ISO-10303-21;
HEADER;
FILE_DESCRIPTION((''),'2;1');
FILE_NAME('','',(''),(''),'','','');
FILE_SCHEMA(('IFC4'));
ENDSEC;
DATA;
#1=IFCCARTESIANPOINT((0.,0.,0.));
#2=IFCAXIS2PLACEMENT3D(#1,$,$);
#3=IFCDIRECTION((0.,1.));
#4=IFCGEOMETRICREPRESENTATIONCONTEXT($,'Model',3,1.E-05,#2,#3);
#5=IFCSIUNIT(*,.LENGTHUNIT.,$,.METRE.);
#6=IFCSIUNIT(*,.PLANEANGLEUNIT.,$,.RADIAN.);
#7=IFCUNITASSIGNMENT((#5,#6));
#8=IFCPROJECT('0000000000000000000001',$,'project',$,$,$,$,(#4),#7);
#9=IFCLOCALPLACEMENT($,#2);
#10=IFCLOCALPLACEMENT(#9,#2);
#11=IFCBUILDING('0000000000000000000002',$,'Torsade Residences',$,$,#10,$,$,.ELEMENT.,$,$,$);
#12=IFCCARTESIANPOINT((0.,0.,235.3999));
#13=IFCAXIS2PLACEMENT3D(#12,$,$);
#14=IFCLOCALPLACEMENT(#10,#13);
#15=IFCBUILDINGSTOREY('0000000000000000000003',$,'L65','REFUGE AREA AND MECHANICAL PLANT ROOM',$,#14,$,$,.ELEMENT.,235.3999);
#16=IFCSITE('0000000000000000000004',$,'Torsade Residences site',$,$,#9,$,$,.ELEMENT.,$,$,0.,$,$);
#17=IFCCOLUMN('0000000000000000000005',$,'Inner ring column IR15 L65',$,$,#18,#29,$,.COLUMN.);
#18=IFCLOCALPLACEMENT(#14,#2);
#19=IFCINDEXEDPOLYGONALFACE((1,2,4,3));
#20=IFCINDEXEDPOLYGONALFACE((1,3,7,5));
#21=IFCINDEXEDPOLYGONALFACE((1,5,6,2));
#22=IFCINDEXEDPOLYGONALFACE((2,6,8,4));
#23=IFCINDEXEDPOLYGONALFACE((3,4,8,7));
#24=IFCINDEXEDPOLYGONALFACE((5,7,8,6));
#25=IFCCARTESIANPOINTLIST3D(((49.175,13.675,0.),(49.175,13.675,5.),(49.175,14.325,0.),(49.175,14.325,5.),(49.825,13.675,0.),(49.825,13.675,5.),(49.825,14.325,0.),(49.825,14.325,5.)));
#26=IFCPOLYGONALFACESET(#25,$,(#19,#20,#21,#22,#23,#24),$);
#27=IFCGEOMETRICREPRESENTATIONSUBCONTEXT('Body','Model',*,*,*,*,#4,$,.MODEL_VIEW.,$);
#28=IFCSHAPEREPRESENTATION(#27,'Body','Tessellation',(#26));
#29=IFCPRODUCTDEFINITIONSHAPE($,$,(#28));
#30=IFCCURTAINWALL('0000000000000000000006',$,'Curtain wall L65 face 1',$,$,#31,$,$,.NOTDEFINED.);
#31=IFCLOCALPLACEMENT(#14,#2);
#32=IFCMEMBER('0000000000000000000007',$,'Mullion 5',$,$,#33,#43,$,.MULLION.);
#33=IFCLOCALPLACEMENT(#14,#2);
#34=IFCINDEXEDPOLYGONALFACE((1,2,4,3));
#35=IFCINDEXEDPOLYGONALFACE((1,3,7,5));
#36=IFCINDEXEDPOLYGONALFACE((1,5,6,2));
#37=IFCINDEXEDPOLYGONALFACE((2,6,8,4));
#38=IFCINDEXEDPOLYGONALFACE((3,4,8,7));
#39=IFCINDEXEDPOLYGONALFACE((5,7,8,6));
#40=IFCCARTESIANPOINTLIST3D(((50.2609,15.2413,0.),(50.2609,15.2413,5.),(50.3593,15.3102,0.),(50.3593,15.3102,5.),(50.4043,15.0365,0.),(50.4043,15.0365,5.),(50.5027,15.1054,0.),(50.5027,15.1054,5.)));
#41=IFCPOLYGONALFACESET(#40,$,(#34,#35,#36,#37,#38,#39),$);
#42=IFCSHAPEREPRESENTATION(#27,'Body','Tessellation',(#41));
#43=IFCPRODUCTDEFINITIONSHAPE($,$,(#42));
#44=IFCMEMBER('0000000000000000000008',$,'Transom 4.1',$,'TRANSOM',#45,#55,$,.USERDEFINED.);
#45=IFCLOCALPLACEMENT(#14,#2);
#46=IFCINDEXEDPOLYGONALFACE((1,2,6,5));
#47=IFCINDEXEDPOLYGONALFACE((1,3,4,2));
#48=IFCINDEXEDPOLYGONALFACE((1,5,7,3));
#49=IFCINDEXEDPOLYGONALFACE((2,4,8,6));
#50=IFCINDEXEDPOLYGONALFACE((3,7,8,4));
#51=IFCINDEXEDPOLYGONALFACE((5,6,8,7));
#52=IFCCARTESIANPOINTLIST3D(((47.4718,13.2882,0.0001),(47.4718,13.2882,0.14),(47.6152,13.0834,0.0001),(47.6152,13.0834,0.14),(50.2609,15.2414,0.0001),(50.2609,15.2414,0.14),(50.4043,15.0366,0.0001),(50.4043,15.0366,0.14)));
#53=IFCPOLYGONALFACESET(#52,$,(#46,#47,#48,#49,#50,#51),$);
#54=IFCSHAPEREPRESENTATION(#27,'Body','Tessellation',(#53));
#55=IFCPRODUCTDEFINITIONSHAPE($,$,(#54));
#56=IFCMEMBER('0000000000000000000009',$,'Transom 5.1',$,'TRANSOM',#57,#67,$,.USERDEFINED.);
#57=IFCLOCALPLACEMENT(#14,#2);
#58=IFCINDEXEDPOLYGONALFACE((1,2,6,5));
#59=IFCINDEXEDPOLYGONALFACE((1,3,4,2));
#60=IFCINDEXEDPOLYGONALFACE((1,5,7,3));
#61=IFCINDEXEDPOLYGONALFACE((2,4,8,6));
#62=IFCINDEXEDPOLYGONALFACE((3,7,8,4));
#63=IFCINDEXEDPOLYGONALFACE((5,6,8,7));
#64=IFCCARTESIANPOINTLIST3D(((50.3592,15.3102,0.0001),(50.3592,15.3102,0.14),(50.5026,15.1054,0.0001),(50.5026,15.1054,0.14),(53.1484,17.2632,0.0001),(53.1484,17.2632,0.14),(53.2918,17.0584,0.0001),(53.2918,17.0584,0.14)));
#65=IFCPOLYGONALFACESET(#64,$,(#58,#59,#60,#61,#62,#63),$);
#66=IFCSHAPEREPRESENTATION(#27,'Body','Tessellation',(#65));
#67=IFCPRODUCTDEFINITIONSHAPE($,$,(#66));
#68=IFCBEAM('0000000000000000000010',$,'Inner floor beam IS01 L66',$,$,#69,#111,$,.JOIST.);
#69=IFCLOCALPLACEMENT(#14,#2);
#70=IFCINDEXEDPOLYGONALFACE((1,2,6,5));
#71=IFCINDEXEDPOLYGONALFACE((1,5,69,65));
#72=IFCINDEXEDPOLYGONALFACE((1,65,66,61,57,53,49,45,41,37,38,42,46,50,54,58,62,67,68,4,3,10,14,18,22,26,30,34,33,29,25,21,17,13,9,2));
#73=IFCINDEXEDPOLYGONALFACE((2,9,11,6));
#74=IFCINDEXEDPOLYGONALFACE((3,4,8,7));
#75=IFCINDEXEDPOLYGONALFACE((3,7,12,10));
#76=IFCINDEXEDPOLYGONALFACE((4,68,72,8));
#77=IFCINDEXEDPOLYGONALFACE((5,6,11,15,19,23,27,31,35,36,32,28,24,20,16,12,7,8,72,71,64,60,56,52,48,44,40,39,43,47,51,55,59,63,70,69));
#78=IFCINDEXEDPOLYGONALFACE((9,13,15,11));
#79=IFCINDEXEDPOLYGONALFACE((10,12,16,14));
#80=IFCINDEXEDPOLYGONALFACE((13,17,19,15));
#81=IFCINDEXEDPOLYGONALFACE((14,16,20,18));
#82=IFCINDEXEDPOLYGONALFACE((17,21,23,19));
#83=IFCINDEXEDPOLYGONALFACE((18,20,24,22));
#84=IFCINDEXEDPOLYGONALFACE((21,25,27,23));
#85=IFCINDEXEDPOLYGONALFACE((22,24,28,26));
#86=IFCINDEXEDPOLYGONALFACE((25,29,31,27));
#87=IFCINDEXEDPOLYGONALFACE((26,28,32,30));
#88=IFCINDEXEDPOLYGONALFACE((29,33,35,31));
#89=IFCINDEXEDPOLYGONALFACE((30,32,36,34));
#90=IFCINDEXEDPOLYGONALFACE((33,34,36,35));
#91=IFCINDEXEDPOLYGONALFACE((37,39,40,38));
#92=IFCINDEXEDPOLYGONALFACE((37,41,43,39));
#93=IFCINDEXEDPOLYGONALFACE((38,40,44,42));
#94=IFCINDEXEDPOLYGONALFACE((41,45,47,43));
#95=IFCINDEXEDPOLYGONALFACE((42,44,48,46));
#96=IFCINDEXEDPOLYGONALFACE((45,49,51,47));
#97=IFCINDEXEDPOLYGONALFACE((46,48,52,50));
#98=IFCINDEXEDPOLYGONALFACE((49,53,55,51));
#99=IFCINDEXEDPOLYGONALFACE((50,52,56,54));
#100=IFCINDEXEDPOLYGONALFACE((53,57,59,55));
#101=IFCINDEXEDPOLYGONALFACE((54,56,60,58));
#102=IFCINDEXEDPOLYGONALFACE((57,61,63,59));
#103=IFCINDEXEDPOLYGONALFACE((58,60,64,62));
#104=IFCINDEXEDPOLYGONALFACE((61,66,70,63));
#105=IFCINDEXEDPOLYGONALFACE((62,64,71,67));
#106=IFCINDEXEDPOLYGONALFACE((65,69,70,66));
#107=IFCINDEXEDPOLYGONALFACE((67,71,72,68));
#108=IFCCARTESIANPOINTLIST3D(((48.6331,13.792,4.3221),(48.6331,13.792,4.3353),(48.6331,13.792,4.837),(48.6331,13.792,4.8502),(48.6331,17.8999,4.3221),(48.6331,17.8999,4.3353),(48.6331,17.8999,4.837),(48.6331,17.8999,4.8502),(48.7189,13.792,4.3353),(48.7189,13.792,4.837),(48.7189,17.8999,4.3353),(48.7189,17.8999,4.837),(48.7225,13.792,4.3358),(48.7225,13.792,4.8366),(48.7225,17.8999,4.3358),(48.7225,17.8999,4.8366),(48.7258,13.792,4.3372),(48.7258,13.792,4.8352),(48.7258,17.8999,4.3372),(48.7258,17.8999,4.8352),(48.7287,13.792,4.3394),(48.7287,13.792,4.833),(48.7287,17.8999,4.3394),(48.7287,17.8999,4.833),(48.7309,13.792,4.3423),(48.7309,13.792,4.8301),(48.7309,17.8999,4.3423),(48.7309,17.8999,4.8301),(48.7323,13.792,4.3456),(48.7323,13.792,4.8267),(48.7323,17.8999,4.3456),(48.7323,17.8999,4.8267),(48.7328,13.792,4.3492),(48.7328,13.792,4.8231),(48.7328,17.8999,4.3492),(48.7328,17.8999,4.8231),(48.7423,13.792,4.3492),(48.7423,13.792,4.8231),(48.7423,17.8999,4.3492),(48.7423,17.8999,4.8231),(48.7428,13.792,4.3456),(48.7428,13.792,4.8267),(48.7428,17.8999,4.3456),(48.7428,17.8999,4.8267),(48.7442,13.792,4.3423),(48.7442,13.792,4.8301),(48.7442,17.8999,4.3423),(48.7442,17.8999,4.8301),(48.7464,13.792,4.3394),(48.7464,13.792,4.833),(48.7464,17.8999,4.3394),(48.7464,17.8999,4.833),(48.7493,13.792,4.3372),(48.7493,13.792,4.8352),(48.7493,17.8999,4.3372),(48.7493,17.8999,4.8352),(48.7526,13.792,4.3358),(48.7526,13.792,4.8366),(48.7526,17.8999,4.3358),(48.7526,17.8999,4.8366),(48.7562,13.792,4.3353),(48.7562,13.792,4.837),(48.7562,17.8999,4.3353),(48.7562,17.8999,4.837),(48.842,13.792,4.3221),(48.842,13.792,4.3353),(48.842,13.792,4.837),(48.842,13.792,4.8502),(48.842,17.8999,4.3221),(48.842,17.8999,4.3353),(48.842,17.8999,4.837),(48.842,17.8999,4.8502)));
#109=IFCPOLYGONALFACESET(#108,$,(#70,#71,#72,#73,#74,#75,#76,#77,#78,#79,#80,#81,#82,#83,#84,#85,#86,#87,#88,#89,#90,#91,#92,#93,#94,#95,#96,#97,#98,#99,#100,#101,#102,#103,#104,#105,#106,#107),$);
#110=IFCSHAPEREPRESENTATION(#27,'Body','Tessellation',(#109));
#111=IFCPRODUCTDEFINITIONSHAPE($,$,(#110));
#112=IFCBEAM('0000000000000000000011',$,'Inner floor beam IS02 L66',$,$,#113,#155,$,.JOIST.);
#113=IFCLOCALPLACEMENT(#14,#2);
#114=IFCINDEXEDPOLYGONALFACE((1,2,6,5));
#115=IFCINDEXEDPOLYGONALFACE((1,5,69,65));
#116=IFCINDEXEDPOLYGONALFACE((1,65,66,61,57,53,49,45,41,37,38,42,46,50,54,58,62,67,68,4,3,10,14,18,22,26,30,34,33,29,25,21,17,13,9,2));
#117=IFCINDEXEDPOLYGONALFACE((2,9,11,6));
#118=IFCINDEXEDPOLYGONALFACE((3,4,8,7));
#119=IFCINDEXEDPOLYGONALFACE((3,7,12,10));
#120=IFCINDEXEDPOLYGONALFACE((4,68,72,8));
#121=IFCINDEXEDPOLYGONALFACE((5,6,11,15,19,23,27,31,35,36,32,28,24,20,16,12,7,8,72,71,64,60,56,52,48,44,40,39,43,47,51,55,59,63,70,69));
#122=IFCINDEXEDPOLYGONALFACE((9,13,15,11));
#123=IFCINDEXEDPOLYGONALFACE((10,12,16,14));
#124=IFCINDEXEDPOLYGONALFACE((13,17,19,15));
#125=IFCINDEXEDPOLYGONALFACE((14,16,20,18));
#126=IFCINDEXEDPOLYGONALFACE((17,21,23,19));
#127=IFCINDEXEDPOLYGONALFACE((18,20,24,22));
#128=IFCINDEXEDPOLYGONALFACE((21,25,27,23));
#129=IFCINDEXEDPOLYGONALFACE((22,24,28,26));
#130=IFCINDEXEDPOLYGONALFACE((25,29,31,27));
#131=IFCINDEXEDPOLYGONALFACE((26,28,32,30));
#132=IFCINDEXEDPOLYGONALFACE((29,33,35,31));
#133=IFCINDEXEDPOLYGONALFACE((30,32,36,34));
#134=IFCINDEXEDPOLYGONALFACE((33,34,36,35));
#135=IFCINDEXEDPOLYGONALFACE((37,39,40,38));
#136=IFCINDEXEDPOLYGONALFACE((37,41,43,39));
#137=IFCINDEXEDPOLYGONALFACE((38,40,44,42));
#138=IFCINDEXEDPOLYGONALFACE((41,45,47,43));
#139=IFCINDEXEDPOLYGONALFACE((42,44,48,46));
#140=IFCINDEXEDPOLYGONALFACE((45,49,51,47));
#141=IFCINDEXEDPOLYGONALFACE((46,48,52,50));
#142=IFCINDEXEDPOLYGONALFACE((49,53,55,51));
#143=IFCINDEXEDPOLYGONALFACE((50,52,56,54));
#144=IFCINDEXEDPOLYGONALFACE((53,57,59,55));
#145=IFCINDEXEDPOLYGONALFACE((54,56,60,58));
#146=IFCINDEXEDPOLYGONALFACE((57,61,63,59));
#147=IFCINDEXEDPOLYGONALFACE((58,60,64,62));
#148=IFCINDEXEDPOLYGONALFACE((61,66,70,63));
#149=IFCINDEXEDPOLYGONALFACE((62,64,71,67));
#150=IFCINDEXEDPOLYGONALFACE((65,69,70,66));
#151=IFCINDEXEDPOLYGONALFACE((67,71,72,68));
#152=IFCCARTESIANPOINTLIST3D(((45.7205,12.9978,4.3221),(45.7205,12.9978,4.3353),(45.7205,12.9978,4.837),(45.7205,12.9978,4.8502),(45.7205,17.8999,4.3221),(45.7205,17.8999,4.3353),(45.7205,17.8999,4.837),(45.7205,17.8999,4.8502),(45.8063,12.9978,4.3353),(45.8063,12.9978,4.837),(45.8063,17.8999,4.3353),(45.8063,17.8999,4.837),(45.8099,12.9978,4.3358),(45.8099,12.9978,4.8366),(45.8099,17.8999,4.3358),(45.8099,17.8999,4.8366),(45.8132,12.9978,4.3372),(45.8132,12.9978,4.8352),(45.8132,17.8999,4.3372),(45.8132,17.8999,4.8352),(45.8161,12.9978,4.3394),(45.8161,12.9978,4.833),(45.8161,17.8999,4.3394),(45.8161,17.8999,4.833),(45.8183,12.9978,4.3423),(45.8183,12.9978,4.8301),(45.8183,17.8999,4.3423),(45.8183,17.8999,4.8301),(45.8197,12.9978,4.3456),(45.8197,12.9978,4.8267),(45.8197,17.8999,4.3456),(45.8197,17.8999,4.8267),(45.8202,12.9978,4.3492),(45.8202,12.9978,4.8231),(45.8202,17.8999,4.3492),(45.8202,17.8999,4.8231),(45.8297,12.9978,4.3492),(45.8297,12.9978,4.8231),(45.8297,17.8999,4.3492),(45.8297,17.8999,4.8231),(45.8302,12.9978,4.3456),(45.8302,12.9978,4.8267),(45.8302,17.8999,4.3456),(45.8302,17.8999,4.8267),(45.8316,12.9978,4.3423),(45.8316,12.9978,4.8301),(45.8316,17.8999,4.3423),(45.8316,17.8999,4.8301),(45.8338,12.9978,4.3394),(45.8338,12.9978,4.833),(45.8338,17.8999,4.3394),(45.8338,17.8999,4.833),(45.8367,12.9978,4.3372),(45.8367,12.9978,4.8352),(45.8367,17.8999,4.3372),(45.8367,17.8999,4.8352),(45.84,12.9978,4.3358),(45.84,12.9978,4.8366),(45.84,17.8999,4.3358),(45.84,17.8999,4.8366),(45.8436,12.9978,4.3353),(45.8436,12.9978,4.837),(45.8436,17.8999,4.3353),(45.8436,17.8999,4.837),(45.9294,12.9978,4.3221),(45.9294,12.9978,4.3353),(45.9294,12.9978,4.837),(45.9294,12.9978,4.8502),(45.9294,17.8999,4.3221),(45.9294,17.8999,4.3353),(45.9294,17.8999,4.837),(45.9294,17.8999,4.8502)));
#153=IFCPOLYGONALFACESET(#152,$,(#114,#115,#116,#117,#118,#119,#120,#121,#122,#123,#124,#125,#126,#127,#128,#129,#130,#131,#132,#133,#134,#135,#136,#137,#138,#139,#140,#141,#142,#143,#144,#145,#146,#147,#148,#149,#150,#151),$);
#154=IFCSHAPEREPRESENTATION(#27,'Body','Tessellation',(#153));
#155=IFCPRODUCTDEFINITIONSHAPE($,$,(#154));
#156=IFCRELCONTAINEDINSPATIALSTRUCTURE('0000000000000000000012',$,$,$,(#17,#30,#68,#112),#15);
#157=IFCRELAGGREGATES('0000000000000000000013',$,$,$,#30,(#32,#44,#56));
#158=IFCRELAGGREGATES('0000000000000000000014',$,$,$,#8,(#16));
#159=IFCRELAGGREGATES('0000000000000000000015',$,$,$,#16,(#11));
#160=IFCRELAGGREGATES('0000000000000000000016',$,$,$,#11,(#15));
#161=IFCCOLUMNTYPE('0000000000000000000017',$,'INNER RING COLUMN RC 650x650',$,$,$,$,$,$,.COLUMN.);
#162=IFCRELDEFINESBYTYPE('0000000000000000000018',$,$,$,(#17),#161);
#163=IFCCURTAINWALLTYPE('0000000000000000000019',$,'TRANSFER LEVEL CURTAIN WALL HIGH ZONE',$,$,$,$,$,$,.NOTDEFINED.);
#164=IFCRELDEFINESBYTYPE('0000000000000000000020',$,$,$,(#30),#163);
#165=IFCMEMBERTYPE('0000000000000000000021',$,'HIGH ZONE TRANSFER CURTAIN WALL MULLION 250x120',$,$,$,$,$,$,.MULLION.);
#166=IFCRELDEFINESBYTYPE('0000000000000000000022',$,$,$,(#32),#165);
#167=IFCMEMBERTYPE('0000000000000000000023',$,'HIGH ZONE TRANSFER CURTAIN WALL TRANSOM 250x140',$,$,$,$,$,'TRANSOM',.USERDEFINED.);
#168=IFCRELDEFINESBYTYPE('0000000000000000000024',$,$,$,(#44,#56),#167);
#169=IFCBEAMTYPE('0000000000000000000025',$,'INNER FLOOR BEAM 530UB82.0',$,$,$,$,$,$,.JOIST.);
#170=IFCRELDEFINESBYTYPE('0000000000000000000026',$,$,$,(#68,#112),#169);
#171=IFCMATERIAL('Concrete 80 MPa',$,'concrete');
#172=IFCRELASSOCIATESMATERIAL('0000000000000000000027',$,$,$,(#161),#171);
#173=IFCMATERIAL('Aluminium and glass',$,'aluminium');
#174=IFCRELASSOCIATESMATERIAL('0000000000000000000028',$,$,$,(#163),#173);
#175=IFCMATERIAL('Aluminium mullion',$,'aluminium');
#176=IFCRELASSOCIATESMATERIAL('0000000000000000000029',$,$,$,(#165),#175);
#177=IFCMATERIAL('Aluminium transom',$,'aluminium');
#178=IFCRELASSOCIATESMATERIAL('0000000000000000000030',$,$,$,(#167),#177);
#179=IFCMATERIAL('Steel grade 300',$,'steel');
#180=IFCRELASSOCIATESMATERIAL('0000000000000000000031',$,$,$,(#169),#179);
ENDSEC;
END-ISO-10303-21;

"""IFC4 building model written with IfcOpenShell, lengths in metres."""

from ifc_helpers import new_model, si_unit, direction, frame, origin, origin_2d, place, context, subcontext, project, spatial, rectangle, i_section, extrude, material, material_profile, profile_set, type_object, element, aggregate, save


model = new_model("IFC4")

# Units and contexts
model_context = context("Model", 3, precision=1e-05, world=origin(), true_north=direction((0.0, 1.0)))
body_context = subcontext(model_context, "Body", "Model", "MODEL_VIEW")
ifc_project = project(units=[si_unit("LENGTHUNIT", "METRE"), si_unit("PLANEANGLEUNIT", "RADIAN")], contexts=[model_context])

# Site, building, storey
site_placement = place(None, origin())
site = spatial("IfcSite", under=ifc_project, at=site_placement, Name="Torsade Residences site", CompositionType="ELEMENT", RefElevation=0.0)
building_placement = place(site_placement, origin())
building = spatial("IfcBuilding", under=site, at=building_placement, Name="Torsade Residences", CompositionType="ELEMENT")
storey_placement = place(building_placement, frame((0.0, 0.0, 235.3999)))
storey = spatial("IfcBuildingStorey", under=building, at=storey_placement, Name="L65", Description="REFUGE AREA AND MECHANICAL PLANT ROOM", CompositionType="ELEMENT", Elevation=235.3999)

# Column
ifc_material_1 = material(Name="Concrete 80 MPa", Category="concrete")
ifc_material_profile_1 = material_profile(ifc_material_1, rectangle(XDim=0.6499, YDim=0.6499, at=origin_2d()), Name="RC 650x650")
ifc_profile_set_1 = profile_set([ifc_material_profile_1], Name="Concrete 80 MPa")
column_type = type_object("IfcColumnType", Name="INNER RING COLUMN RC 650x650", PredefinedType="COLUMN", material=ifc_profile_set_1)
column_placement = place(storey_placement, frame((49.5, 14.0, 0.0), z_axis=(0.0, 0.0, 1.0), x_axis=(1.0, 0.0, 0.0)))
element("IfcColumn", 1, at=column_placement, inside=storey, type_object=column_type, Name="Inner ring column IR15 L65", PredefinedType="COLUMN", context=body_context, shape_type="SweptSolid", body=[
    extrude(rectangle(XDim=0.6499, YDim=0.6499, at=origin_2d()), origin(), (0.0, 0.0, 1.0), 5.0),
])

# Curtain wall, members
ifc_material_2 = material(Name="Aluminium and glass", Category="aluminium")
curtain_wall_type = type_object("IfcCurtainWallType", Name="TRANSFER LEVEL CURTAIN WALL HIGH ZONE", PredefinedType="NOTDEFINED", material=ifc_material_2)
curtain_wall_placement = place(storey_placement, origin())
curtain_wall = element("IfcCurtainWall", 2, at=curtain_wall_placement, inside=storey, type_object=curtain_wall_type, Name="Curtain wall L65 face 1", PredefinedType="NOTDEFINED")
ifc_material_3 = material(Name="Aluminium mullion", Category="aluminium")
ifc_material_profile_2 = material_profile(ifc_material_3, rectangle(XDim=0.25, YDim=0.1201, at=origin_2d()), Name="HIGH ZONE TRANSFER CURTAIN WALL MULLION 250x120")
ifc_profile_set_2 = profile_set([ifc_material_profile_2], Name="Aluminium mullion")
member_type_1 = type_object("IfcMemberType", Name="HIGH ZONE TRANSFER CURTAIN WALL MULLION 250x120", PredefinedType="MULLION", material=ifc_profile_set_2)
member_1_placement = place(storey_placement, frame((50.3818, 15.1733, 0.0), z_axis=(0.0, 0.0, 1.0), x_axis=(-0.573576, 0.819152, 0.0)))
member_1 = element("IfcMember", 3, at=member_1_placement, type_object=member_type_1, Name="Mullion 5", PredefinedType="MULLION", context=body_context, shape_type="SweptSolid", body=[
    extrude(rectangle(XDim=0.25, YDim=0.1201, at=origin_2d()), origin(), (0.0, 0.0, 1.0), 5.0),
])
ifc_material_4 = material(Name="Aluminium transom", Category="aluminium")
ifc_material_profile_3 = material_profile(ifc_material_4, rectangle(XDim=0.25, YDim=0.1399, at=origin_2d()), Name="HIGH ZONE TRANSFER CURTAIN WALL TRANSOM 250x140")
ifc_profile_set_3 = profile_set([ifc_material_profile_3], Name="Aluminium transom")
member_type_2 = type_object("IfcMemberType", Name="HIGH ZONE TRANSFER CURTAIN WALL TRANSOM 250x140", ElementType="TRANSOM", PredefinedType="USERDEFINED", material=ifc_profile_set_3)
member_2_placement = place(storey_placement, frame((47.5435, 13.1858, 0.0701), z_axis=(0.819124, 0.573616, 0.0), x_axis=(-0.573616, 0.819124, 0.0)))
member_2 = element("IfcMember", 4, at=member_2_placement, type_object=member_type_2, Name="Transom 4.1", ObjectType="TRANSOM", PredefinedType="USERDEFINED", context=body_context, shape_type="SweptSolid", body=[
    extrude(rectangle(XDim=0.25, YDim=0.1399, at=origin_2d()), origin(), (0.0, 0.0, 1.0), 3.405),
])
member_3_placement = place(storey_placement, frame((50.4309, 15.2078, 0.0701), z_axis=(0.819148, 0.573583, 0.0), x_axis=(-0.573583, 0.819148, 0.0)))
member_3 = element("IfcMember", 5, at=member_3_placement, type_object=member_type_2, Name="Transom 5.1", ObjectType="TRANSOM", PredefinedType="USERDEFINED", context=body_context, shape_type="SweptSolid", body=[
    extrude(rectangle(XDim=0.25, YDim=0.1399, at=origin_2d()), origin(), (0.0, 0.0, 1.0), 3.405),
])

# Beams
ifc_material_5 = material(Name="Steel grade 300", Category="steel")
ifc_material_profile_4 = material_profile(ifc_material_5, i_section(OverallWidth=0.209, OverallDepth=0.5281, WebThickness=0.0095, FlangeThickness=0.0132, FilletRadius=0.0139, at=origin_2d()), Name="530UB82.0")
ifc_profile_set_4 = profile_set([ifc_material_profile_4], Name="Steel grade 300")
beam_type_1 = type_object("IfcBeamType", Name="INNER FLOOR BEAM 530UB82.0", PredefinedType="JOIST", material=ifc_profile_set_4)
beam_1_placement = place(storey_placement, frame((48.7375, 17.8999, 4.5862), z_axis=(0.0, -1.0, 0.0), x_axis=(1.0, 0.0, 0.0)))
element("IfcBeam", 6, at=beam_1_placement, inside=storey, type_object=beam_type_1, Name="Inner floor beam IS01 L66", PredefinedType="JOIST", context=body_context, shape_type="SweptSolid", body=[
    extrude(i_section(OverallWidth=0.209, OverallDepth=0.5281, WebThickness=0.0095, FlangeThickness=0.0132, FilletRadius=0.0139, at=origin_2d()), origin(), (0.0, 0.0, 1.0), 4.1079),
])
beam_2_placement = place(storey_placement, frame((45.825, 17.8999, 4.5862), z_axis=(0.0, -1.0, 0.0), x_axis=(1.0, 0.0, 0.0)))
element("IfcBeam", 7, at=beam_2_placement, inside=storey, type_object=beam_type_1, Name="Inner floor beam IS02 L66", PredefinedType="JOIST", context=body_context, shape_type="SweptSolid", body=[
    extrude(i_section(OverallWidth=0.209, OverallDepth=0.5281, WebThickness=0.0095, FlangeThickness=0.0132, FilletRadius=0.0139, at=origin_2d()), origin(), (0.0, 0.0, 1.0), 4.9021),
])

aggregate(curtain_wall, [member_1, member_2, member_3])

save(model, "model.ifc")
